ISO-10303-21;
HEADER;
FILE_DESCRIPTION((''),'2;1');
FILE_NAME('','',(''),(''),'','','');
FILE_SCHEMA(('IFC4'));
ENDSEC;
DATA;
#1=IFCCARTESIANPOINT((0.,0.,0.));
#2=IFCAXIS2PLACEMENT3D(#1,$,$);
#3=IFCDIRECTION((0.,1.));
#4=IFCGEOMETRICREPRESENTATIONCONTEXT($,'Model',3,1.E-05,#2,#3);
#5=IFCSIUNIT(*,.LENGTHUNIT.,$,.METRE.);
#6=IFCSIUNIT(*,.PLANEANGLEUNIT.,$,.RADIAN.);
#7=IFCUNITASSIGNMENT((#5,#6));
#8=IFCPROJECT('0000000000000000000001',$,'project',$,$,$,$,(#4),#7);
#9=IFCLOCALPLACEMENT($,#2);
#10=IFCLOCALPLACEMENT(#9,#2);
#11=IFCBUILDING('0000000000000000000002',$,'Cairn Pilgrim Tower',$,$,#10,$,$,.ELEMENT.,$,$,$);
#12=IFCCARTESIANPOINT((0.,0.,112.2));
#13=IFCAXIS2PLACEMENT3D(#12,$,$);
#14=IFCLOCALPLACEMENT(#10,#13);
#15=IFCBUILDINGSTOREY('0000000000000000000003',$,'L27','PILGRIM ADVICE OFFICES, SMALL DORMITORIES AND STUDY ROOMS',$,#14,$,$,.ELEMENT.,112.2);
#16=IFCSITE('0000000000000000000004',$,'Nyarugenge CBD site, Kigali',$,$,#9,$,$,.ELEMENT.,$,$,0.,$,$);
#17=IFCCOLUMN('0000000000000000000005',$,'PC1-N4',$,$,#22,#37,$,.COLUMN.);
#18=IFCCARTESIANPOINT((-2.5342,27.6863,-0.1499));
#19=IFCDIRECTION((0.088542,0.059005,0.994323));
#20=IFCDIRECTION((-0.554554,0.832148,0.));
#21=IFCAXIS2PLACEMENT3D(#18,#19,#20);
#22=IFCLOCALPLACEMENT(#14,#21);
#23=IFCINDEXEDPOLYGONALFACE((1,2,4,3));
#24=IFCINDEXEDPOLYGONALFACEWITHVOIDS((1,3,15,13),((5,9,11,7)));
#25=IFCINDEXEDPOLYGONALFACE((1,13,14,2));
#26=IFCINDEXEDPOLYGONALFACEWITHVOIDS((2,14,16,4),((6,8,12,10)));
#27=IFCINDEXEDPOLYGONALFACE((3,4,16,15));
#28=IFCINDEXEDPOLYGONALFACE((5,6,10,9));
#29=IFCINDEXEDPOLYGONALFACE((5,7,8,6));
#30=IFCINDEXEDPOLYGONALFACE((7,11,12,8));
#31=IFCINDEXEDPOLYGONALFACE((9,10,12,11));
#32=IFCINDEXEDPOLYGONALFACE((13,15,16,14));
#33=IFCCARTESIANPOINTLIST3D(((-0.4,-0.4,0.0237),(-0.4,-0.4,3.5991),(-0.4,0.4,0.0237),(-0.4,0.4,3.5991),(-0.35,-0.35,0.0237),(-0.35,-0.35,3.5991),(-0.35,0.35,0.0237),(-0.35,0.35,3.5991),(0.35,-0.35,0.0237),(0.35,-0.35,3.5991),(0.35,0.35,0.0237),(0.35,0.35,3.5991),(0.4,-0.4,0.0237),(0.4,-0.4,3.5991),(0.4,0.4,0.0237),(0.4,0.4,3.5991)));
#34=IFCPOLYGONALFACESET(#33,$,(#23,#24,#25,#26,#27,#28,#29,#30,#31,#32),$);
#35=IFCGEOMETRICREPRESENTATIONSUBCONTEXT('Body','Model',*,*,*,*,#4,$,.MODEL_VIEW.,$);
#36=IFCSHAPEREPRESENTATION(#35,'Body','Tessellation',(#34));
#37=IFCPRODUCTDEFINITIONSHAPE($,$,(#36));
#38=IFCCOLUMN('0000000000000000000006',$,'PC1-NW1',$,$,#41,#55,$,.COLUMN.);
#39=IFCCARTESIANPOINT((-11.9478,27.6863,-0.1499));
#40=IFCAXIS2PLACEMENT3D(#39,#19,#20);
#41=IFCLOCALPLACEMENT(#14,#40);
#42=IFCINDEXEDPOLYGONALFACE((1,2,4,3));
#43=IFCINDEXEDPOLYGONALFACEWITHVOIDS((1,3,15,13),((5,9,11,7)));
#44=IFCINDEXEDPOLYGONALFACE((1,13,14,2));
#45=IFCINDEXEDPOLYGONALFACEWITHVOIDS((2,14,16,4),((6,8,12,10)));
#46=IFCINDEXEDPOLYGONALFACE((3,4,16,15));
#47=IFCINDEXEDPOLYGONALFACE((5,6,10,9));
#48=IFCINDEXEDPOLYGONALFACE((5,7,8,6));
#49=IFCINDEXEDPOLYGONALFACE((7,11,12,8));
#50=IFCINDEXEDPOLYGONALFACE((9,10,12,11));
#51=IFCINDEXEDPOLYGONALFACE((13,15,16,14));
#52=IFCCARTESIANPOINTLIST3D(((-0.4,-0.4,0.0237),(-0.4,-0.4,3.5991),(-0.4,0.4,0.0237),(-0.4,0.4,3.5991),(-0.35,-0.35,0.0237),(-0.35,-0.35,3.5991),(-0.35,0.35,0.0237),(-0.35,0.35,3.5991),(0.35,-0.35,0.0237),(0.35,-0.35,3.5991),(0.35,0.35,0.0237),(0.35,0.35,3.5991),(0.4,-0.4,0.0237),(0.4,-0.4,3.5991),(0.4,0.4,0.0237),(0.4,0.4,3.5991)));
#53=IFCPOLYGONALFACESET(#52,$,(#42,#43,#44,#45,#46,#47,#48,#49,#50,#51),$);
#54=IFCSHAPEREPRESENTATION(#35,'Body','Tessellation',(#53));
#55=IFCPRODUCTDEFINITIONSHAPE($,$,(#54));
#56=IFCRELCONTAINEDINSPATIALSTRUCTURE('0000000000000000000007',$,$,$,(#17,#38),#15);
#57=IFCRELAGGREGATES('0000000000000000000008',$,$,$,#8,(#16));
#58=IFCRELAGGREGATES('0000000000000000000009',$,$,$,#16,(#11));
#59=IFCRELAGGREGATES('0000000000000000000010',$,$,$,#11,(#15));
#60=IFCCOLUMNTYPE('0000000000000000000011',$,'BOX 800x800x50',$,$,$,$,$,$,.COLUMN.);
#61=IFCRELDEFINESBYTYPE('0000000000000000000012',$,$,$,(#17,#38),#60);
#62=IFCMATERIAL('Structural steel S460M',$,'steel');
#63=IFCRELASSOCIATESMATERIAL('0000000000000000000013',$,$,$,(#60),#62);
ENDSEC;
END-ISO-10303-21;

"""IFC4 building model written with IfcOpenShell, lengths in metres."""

from ifc_helpers import new_model, si_unit, direction, frame, origin, origin_2d, place, context, subcontext, project, spatial, hollow_rectangle, extrude, clip, halfspace, material, material_profile, profile_set, type_object, element, save


model = new_model("IFC4")

# Units and contexts
model_context = context("Model", 3, precision=1e-05, world=origin(), true_north=direction((0.0, 1.0)))
body_context = subcontext(model_context, "Body", "Model", "MODEL_VIEW")
ifc_project = project(units=[si_unit("LENGTHUNIT", "METRE"), si_unit("PLANEANGLEUNIT", "RADIAN")], contexts=[model_context])

# Site, building, storey
site_placement = place(None, origin())
site = spatial("IfcSite", under=ifc_project, at=site_placement, Name="Nyarugenge CBD site, Kigali", CompositionType="ELEMENT", RefElevation=0.0)
building_placement = place(site_placement, origin())
building = spatial("IfcBuilding", under=site, at=building_placement, Name="Cairn Pilgrim Tower", CompositionType="ELEMENT")
storey_placement = place(building_placement, frame((0.0, 0.0, 112.2)))
storey = spatial("IfcBuildingStorey", under=building, at=storey_placement, Name="L27", Description="PILGRIM ADVICE OFFICES, SMALL DORMITORIES AND STUDY ROOMS", CompositionType="ELEMENT", Elevation=112.2)

# Columns
ifc_material_1 = material(Name="Structural steel S460M", Category="steel")
ifc_material_profile_1 = material_profile(ifc_material_1, hollow_rectangle(XDim=0.8, YDim=0.8, WallThickness=0.05, at=origin_2d()), Name="BOX 800x800x50")
ifc_profile_set_1 = profile_set([ifc_material_profile_1], Name="Structural steel S460M")
column_type_1 = type_object("IfcColumnType", Name="BOX 800x800x50", PredefinedType="COLUMN", material=ifc_profile_set_1)
for number, where, z_axis, x_axis, name in (
    (1, (-2.5342, 27.6863, -0.1499), (0.088542, 0.059005, 0.994323), (-0.554554, 0.832148, 0.0), "PC1-N4"),
    (2, (-11.9478, 27.6863, -0.1499), (0.088542, 0.059005, 0.994323), (-0.554554, 0.832148, 0.0), "PC1-NW1"),
):
    element("IfcColumn", number, at=place(storey_placement, frame(where, z_axis=z_axis, x_axis=x_axis)), inside=storey, type_object=column_type_1, Name=name, PredefinedType="COLUMN", context=body_context, shape_type="Clipping", body=[
        clip(clip(extrude(hollow_rectangle(XDim=0.8, YDim=0.8, WallThickness=0.05, at=origin_2d()), origin(), (0.0, 0.0, 1.0), 3.6204), halfspace(frame((0.0, 0.0, 0.0237), z_axis=(0.0, 0.0, 1.0), x_axis=(1.0, 0.0, 0.0)), True)), halfspace(frame((0.0, 0.0, 3.5991), z_axis=(0.0, 0.0, 1.0), x_axis=(1.0, 0.0, 0.0)), False)),
    ])

save(model, "model.ifc")
